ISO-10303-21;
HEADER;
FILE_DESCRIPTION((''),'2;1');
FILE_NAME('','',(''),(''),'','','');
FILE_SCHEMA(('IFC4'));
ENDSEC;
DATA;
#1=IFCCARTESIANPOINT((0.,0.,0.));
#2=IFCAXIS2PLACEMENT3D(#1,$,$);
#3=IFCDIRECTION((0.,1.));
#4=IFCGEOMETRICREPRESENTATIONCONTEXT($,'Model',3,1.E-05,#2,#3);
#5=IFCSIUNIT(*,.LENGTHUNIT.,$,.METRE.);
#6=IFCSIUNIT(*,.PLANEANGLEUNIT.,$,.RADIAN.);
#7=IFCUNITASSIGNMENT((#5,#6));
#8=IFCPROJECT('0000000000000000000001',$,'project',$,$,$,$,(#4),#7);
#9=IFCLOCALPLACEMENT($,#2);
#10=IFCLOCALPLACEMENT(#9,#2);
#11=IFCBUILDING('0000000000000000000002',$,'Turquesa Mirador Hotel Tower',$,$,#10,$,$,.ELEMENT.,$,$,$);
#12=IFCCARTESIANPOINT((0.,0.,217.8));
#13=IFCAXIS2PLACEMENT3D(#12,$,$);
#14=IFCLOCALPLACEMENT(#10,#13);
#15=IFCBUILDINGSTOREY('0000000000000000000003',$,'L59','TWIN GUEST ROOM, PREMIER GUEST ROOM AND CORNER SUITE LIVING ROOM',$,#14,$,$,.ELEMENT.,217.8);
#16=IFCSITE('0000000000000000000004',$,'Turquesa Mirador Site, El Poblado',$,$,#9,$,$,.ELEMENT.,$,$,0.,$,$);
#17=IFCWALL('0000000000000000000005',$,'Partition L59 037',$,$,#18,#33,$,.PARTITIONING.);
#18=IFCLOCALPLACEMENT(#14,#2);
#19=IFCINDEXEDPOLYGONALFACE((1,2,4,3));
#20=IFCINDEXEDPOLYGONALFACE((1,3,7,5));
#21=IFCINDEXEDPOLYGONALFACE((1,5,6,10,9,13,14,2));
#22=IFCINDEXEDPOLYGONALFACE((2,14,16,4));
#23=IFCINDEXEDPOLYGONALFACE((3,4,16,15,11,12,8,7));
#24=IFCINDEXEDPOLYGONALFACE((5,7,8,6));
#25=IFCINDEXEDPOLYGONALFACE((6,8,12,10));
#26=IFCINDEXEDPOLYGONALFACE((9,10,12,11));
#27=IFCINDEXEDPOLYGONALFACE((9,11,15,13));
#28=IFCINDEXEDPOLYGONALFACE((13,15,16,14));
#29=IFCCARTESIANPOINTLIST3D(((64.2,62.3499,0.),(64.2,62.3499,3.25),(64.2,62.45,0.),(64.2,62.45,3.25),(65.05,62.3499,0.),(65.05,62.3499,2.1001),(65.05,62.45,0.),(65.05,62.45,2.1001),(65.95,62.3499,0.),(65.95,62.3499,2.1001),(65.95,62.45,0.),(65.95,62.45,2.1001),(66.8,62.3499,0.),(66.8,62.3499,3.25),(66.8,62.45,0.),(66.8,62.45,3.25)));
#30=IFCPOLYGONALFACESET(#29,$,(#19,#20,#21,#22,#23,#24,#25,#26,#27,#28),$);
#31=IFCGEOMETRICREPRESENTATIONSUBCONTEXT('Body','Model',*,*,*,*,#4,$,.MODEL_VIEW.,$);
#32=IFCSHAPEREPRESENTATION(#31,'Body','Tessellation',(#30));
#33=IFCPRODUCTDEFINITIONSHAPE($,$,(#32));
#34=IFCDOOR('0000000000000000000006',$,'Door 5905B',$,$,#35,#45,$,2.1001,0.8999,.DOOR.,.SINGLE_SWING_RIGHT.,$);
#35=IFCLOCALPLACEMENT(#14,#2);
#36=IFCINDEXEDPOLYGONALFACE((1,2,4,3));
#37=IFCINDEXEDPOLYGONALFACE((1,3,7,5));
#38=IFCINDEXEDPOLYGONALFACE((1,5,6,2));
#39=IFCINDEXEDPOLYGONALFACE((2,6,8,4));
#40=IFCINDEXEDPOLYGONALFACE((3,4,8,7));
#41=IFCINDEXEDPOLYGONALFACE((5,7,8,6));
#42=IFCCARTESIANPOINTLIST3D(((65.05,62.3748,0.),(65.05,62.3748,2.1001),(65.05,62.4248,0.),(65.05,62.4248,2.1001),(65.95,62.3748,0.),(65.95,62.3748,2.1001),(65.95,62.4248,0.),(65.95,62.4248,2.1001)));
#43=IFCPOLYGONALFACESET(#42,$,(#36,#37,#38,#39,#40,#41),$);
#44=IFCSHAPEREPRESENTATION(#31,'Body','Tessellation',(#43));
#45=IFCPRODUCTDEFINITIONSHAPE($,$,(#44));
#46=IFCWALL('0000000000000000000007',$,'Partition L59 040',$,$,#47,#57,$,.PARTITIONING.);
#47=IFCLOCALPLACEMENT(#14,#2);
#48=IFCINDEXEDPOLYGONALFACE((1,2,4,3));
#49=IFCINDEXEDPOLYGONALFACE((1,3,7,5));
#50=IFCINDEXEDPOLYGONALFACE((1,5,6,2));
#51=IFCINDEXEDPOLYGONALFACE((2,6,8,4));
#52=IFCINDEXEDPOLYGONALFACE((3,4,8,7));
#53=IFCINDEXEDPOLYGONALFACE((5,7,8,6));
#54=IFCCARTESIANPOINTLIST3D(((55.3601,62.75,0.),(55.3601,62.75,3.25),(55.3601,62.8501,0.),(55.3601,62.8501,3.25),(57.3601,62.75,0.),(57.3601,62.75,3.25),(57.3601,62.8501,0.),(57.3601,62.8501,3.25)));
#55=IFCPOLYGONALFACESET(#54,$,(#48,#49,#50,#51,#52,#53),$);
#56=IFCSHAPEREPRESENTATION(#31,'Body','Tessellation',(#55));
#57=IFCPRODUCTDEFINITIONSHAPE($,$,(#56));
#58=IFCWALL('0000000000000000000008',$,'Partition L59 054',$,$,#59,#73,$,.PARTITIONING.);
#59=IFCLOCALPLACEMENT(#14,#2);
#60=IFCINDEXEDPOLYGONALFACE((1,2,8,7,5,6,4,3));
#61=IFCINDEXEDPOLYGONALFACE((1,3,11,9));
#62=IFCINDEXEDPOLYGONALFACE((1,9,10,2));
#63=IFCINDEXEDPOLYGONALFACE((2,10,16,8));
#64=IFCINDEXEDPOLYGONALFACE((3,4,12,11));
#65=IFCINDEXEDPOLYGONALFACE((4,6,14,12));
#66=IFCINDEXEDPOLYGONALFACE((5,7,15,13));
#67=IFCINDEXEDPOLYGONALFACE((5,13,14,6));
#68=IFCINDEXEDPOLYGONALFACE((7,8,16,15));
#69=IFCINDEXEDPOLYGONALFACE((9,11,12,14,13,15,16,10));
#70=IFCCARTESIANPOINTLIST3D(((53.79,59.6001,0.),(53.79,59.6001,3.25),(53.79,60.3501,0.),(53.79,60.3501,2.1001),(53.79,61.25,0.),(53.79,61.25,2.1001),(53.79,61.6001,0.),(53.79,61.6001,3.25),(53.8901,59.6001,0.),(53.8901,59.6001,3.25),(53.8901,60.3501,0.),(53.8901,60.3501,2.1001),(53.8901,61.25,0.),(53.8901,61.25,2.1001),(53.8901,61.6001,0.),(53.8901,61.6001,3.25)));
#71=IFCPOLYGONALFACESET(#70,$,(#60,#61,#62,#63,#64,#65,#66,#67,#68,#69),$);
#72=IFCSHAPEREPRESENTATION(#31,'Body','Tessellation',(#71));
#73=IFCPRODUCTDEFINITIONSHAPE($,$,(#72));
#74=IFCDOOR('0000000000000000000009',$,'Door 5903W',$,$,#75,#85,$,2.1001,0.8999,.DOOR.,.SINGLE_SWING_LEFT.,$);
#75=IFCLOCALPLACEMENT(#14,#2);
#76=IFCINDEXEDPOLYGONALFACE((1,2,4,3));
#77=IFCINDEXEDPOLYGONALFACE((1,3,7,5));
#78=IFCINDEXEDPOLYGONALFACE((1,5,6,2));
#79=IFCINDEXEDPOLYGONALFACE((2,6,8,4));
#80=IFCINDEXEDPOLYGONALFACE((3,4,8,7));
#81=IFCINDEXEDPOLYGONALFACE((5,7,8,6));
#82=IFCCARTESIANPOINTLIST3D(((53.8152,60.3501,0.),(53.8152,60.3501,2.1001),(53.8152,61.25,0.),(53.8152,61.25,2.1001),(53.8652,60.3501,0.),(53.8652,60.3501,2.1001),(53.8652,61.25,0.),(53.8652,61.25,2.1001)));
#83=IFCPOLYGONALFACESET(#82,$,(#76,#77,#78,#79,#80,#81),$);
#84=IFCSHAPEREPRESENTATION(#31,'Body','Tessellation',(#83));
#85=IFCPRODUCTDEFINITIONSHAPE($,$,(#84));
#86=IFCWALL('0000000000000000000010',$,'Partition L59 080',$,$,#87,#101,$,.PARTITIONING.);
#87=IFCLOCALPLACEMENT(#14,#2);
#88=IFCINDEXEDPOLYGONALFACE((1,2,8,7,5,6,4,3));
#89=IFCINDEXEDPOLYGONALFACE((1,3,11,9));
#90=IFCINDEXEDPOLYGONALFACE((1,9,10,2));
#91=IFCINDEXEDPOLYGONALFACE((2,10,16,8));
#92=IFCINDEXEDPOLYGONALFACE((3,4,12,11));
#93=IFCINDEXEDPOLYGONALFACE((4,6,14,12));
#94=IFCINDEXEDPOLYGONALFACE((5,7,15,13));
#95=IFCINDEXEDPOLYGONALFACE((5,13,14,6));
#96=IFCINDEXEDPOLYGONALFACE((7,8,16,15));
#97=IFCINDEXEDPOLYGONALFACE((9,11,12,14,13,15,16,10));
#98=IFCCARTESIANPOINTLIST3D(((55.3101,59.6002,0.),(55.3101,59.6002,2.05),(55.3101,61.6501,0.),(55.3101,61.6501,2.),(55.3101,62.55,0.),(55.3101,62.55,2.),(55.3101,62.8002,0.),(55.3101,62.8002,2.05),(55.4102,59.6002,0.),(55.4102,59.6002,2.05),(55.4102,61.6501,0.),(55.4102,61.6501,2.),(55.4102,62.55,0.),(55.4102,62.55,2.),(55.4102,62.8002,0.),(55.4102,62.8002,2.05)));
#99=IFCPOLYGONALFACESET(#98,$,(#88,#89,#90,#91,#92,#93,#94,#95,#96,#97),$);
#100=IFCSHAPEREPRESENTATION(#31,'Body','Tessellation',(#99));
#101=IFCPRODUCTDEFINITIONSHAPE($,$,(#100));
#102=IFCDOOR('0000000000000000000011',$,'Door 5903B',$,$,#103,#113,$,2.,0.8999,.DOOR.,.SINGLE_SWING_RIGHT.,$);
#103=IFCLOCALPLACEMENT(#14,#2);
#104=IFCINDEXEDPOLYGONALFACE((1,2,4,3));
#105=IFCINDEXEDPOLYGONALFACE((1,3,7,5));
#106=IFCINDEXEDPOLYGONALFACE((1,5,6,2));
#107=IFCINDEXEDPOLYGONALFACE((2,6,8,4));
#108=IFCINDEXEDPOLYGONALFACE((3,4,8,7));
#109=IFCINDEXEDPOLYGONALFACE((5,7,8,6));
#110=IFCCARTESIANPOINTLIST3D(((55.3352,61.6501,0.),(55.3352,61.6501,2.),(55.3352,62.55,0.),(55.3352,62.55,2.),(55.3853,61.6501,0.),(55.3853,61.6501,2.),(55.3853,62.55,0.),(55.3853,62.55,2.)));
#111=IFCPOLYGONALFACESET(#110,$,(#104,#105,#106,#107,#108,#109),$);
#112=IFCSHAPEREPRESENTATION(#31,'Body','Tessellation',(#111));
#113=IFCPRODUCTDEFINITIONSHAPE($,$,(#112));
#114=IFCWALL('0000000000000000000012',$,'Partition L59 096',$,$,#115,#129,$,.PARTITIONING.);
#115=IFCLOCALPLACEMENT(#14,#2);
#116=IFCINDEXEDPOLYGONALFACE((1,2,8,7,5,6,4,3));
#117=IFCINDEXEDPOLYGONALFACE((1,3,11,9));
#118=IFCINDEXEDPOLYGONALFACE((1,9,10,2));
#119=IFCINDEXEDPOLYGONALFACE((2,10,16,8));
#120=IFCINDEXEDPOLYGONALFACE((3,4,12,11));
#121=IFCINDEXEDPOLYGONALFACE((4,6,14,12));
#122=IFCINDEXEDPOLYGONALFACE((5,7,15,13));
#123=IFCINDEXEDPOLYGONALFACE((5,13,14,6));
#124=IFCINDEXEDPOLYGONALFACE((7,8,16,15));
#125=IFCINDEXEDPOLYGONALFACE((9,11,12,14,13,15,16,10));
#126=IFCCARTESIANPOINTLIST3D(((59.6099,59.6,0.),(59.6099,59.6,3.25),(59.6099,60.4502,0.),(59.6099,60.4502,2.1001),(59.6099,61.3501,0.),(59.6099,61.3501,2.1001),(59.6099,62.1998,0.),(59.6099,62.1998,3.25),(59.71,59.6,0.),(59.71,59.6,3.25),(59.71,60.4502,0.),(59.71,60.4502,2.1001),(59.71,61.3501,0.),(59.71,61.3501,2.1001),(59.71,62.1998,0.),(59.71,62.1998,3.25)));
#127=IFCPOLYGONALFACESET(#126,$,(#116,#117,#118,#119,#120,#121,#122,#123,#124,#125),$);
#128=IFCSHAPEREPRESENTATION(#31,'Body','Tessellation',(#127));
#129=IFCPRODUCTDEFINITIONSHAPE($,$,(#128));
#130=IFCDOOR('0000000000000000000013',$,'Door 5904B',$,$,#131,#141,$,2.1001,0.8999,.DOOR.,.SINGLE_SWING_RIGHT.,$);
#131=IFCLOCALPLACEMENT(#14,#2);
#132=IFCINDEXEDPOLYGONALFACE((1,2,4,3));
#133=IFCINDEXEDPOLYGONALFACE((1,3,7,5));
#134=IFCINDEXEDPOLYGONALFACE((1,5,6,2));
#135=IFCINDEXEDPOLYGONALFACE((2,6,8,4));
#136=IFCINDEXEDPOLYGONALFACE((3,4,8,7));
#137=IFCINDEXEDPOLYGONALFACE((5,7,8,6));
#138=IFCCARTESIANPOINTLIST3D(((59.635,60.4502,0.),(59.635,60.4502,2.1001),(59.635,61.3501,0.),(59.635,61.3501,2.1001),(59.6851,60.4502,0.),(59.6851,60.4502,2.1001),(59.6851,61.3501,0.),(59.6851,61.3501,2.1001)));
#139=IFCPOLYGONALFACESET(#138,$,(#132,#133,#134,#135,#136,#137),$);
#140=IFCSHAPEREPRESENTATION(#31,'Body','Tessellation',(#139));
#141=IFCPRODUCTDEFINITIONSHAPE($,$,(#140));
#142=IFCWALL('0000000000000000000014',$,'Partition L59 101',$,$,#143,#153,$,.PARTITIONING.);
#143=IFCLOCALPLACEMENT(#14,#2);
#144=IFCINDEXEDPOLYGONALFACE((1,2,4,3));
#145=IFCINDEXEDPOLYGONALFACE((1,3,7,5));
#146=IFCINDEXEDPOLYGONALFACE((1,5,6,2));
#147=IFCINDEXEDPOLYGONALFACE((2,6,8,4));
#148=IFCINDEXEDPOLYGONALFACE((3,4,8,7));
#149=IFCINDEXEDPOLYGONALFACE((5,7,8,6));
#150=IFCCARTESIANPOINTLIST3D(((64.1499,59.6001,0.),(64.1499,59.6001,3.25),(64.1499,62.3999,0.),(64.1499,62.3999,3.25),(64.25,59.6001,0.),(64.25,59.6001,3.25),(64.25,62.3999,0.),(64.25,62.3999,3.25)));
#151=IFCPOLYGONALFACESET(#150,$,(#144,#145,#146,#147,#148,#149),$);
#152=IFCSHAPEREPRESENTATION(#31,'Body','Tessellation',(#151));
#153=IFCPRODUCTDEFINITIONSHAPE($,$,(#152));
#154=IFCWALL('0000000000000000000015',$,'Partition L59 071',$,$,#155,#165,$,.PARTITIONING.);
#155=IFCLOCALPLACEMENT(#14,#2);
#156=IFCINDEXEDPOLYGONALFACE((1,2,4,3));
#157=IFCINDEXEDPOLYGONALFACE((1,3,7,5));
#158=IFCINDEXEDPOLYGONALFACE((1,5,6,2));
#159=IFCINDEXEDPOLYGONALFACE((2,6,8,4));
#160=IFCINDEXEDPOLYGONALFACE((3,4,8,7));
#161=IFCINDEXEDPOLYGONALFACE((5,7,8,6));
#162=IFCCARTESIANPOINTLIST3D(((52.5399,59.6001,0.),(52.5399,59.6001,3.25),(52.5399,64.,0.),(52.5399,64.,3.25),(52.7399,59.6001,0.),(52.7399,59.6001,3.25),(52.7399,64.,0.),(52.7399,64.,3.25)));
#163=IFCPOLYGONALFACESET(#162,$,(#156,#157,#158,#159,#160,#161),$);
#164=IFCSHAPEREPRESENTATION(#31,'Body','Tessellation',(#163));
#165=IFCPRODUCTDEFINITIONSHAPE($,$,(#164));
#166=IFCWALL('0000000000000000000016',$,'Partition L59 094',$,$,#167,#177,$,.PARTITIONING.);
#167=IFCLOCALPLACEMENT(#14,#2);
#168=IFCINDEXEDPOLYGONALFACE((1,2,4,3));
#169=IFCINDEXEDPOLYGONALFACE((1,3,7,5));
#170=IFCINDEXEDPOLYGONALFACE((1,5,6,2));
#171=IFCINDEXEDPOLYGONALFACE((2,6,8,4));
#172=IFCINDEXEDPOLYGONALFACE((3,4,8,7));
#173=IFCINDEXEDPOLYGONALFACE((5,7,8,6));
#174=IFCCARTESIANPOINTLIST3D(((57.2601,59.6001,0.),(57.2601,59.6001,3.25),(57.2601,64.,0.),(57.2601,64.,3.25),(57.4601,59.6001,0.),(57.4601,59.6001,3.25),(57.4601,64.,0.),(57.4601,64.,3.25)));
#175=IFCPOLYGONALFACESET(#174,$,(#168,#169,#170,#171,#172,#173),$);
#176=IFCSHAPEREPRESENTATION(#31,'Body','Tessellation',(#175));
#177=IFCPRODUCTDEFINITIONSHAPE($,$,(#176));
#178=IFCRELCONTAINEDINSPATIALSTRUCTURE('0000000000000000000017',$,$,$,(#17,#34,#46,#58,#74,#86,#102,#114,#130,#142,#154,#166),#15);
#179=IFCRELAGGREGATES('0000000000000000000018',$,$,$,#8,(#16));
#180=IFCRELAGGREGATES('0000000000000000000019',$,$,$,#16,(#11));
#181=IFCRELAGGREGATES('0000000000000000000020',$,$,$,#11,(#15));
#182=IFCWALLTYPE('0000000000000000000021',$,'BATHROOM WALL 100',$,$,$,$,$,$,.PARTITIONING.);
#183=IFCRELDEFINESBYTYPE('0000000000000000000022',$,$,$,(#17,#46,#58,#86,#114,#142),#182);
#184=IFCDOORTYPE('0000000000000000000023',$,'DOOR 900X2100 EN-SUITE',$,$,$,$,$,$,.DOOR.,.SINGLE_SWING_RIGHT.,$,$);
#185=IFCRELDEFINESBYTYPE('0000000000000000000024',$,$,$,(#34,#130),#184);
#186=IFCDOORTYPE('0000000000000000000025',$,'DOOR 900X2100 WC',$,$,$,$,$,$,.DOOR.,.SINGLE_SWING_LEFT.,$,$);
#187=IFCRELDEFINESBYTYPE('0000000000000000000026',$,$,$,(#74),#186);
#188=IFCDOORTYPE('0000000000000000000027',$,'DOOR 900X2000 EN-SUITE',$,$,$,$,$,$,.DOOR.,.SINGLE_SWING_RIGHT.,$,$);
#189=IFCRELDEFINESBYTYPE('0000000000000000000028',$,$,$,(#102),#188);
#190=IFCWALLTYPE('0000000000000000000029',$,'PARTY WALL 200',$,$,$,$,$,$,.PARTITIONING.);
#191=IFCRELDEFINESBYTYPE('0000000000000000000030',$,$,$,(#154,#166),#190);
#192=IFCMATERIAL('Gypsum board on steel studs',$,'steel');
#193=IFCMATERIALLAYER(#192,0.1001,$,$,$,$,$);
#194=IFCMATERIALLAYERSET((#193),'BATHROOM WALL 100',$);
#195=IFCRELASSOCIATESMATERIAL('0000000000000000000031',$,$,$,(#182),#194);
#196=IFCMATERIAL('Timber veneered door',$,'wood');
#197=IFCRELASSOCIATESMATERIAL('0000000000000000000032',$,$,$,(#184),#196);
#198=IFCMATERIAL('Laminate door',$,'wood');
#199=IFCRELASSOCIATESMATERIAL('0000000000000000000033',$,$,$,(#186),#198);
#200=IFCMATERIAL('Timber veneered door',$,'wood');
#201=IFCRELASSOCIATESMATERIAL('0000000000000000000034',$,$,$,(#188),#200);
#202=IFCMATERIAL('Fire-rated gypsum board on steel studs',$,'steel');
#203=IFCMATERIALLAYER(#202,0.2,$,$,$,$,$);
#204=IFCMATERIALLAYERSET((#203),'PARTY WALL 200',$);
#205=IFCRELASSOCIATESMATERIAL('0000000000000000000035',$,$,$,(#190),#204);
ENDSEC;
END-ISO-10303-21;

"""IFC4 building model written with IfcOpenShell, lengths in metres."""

from ifc_helpers import new_model, si_unit, direction, frame, frame_2d, origin, place, context, subcontext, project, spatial, rectangle, extrude, material, layer, layer_set, type_object, element, fill, save


model = new_model("IFC4")

# Units and contexts
model_context = context("Model", 3, precision=1e-05, world=origin(), true_north=direction((0.0, 1.0)))
body_context = subcontext(model_context, "Body", "Model", "MODEL_VIEW")
ifc_project = project(units=[si_unit("LENGTHUNIT", "METRE"), si_unit("PLANEANGLEUNIT", "RADIAN")], contexts=[model_context])

# Site, building, storey
site_placement = place(None, origin())
site = spatial("IfcSite", under=ifc_project, at=site_placement, Name="Turquesa Mirador Site, El Poblado", CompositionType="ELEMENT", RefElevation=0.0)
building_placement = place(site_placement, origin())
building = spatial("IfcBuilding", under=site, at=building_placement, Name="Turquesa Mirador Hotel Tower", CompositionType="ELEMENT")
storey_placement = place(building_placement, frame((0.0, 0.0, 217.8)))
storey = spatial("IfcBuildingStorey", under=building, at=storey_placement, Name="L59", Description="TWIN GUEST ROOM, PREMIER GUEST ROOM AND CORNER SUITE LIVING ROOM", CompositionType="ELEMENT", Elevation=217.8)

# Shared definitions
ifc_material_1 = material(Name="Gypsum board on steel studs", Category="steel")
ifc_layer_1 = layer(ifc_material_1, 0.1001)
ifc_layer_set_1 = layer_set([ifc_layer_1], Name="BATHROOM WALL 100")
wall_type_1 = type_object("IfcWallType", Name="BATHROOM WALL 100", PredefinedType="PARTITIONING", material=ifc_layer_set_1)

# Wall, opening, door
wall_1_placement = place(storey_placement, frame((64.2, 62.3999, 0.0), z_axis=(0.0, 0.0, 1.0), x_axis=(1.0, 0.0, 0.0)))
wall_1 = element("IfcWall", 1, at=wall_1_placement, inside=storey, type_object=wall_type_1, Name="Partition L59 037", PredefinedType="PARTITIONING", context=body_context, shape_type="SweptSolid", body=[
    extrude(rectangle(XDim=2.6001, YDim=0.1001, at=frame_2d((1.3, 0.0))), origin(), (0.0, 0.0, 1.0), 3.25),
])
opening_1_placement = place(wall_1_placement, frame((0.8501, 0.0, 0.0)))
opening_1 = element("IfcOpeningElement", 2, at=opening_1_placement, cuts=wall_1, PredefinedType="OPENING", context=body_context, shape_type="SweptSolid", body=[
    extrude(rectangle(XDim=0.8999, YDim=2.1001, at=frame_2d((0.45, 1.05))), frame((0.0, 0.0601, 0.0), z_axis=(0.0, -1.0, 0.0), x_axis=(1.0, 0.0, 0.0)), (0.0, 0.0, 1.0), 0.1201),
])
ifc_material_2 = material(Name="Timber veneered door", Category="wood")
door_type_1 = type_object("IfcDoorType", Name="DOOR 900X2100 EN-SUITE", OperationType="SINGLE_SWING_RIGHT", PredefinedType="DOOR", material=ifc_material_2)
door_1_placement = place(opening_1_placement, origin())
door_1 = element("IfcDoor", 3, at=door_1_placement, inside=storey, type_object=door_type_1, Name="Door 5905B", OperationType="SINGLE_SWING_RIGHT", OverallHeight=2.1001, OverallWidth=0.8999, PredefinedType="DOOR", context=body_context, shape_type="SweptSolid", body=[
    extrude(rectangle(XDim=0.8999, YDim=2.1001, at=frame_2d((0.45, 1.05))), frame((0.0, 0.0249, 0.0), z_axis=(0.0, -1.0, 0.0), x_axis=(1.0, 0.0, 0.0)), (0.0, 0.0, 1.0), 0.05),
])
fill(opening_1, door_1)

# Wall
wall_2_placement = place(storey_placement, frame((55.3601, 62.8, 0.0), z_axis=(0.0, 0.0, 1.0), x_axis=(1.0, 0.0, 0.0)))
element("IfcWall", 4, at=wall_2_placement, inside=storey, type_object=wall_type_1, Name="Partition L59 040", PredefinedType="PARTITIONING", context=body_context, shape_type="SweptSolid", body=[
    extrude(rectangle(XDim=2.0, YDim=0.1001, at=frame_2d((1.0, 0.0))), origin(), (0.0, 0.0, 1.0), 3.25),
])

# Walls, openings, doors
wall_3_placement = place(storey_placement, frame((53.8401, 59.6001, 0.0), z_axis=(0.0, 0.0, 1.0), x_axis=(0.0, 1.0, 0.0)))
wall_3 = element("IfcWall", 5, at=wall_3_placement, inside=storey, type_object=wall_type_1, Name="Partition L59 054", PredefinedType="PARTITIONING", context=body_context, shape_type="SweptSolid", body=[
    extrude(rectangle(XDim=2.0, YDim=0.1001, at=frame_2d((1.0, 0.0))), origin(), (0.0, 0.0, 1.0), 3.25),
])
opening_2_placement = place(wall_3_placement, frame((0.75, 0.0, 0.0)))
opening_2 = element("IfcOpeningElement", 6, at=opening_2_placement, cuts=wall_3, PredefinedType="OPENING", context=body_context, shape_type="SweptSolid", body=[
    extrude(rectangle(XDim=0.8999, YDim=2.1001, at=frame_2d((0.45, 1.05))), frame((0.0, 0.0601, 0.0), z_axis=(0.0, -1.0, 0.0), x_axis=(1.0, 0.0, 0.0)), (0.0, 0.0, 1.0), 0.1201),
])
ifc_material_3 = material(Name="Laminate door", Category="wood")
door_type_2 = type_object("IfcDoorType", Name="DOOR 900X2100 WC", OperationType="SINGLE_SWING_LEFT", PredefinedType="DOOR", material=ifc_material_3)
door_2_placement = place(opening_2_placement, origin())
door_2 = element("IfcDoor", 7, at=door_2_placement, inside=storey, type_object=door_type_2, Name="Door 5903W", OperationType="SINGLE_SWING_LEFT", OverallHeight=2.1001, OverallWidth=0.8999, PredefinedType="DOOR", context=body_context, shape_type="SweptSolid", body=[
    extrude(rectangle(XDim=0.8999, YDim=2.1001, at=frame_2d((0.45, 1.05))), frame((0.0, 0.0249, 0.0), z_axis=(0.0, -1.0, 0.0), x_axis=(1.0, 0.0, 0.0)), (0.0, 0.0, 1.0), 0.05),
])
fill(opening_2, door_2)
wall_4_placement = place(storey_placement, frame((55.3601, 59.6001, 0.0), z_axis=(0.0, 0.0, 1.0), x_axis=(0.0, 1.0, 0.0)))
wall_4 = element("IfcWall", 8, at=wall_4_placement, inside=storey, type_object=wall_type_1, Name="Partition L59 080", PredefinedType="PARTITIONING", context=body_context, shape_type="SweptSolid", body=[
    extrude(rectangle(XDim=3.2, YDim=0.1001, at=frame_2d((1.6001, 0.0))), origin(), (0.0, 0.0, 1.0), 2.05),
])
opening_3_placement = place(wall_4_placement, frame((2.05, 0.0, 0.0)))
opening_3 = element("IfcOpeningElement", 9, at=opening_3_placement, cuts=wall_4, PredefinedType="OPENING", context=body_context, shape_type="SweptSolid", body=[
    extrude(rectangle(XDim=0.8999, YDim=2.0, at=frame_2d((0.45, 1.0))), frame((0.0, 0.0601, 0.0), z_axis=(0.0, -1.0, 0.0), x_axis=(1.0, 0.0, 0.0)), (0.0, 0.0, 1.0), 0.1201),
])
ifc_material_4 = material(Name="Timber veneered door", Category="wood")
door_type_3 = type_object("IfcDoorType", Name="DOOR 900X2000 EN-SUITE", OperationType="SINGLE_SWING_RIGHT", PredefinedType="DOOR", material=ifc_material_4)
door_3_placement = place(opening_3_placement, origin())
door_3 = element("IfcDoor", 10, at=door_3_placement, inside=storey, type_object=door_type_3, Name="Door 5903B", OperationType="SINGLE_SWING_RIGHT", OverallHeight=2.0, OverallWidth=0.8999, PredefinedType="DOOR", context=body_context, shape_type="SweptSolid", body=[
    extrude(rectangle(XDim=0.8999, YDim=2.0, at=frame_2d((0.45, 1.0))), frame((0.0, 0.0249, 0.0), z_axis=(0.0, -1.0, 0.0), x_axis=(1.0, 0.0, 0.0)), (0.0, 0.0, 1.0), 0.05),
])
fill(opening_3, door_3)
wall_5_placement = place(storey_placement, frame((59.6599, 59.6001, 0.0), z_axis=(0.0, 0.0, 1.0), x_axis=(0.0, 1.0, 0.0)))
wall_5 = element("IfcWall", 11, at=wall_5_placement, inside=storey, type_object=wall_type_1, Name="Partition L59 096", PredefinedType="PARTITIONING", context=body_context, shape_type="SweptSolid", body=[
    extrude(rectangle(XDim=2.5999, YDim=0.1001, at=frame_2d((1.2998, 0.0))), origin(), (0.0, 0.0, 1.0), 3.25),
])
opening_4_placement = place(wall_5_placement, frame((0.8501, 0.0, 0.0)))
opening_4 = element("IfcOpeningElement", 12, at=opening_4_placement, cuts=wall_5, PredefinedType="OPENING", context=body_context, shape_type="SweptSolid", body=[
    extrude(rectangle(XDim=0.8999, YDim=2.1001, at=frame_2d((0.45, 1.05))), frame((0.0, 0.0601, 0.0), z_axis=(0.0, -1.0, 0.0), x_axis=(1.0, 0.0, 0.0)), (0.0, 0.0, 1.0), 0.1201),
])
door_4_placement = place(opening_4_placement, origin())
door_4 = element("IfcDoor", 13, at=door_4_placement, inside=storey, type_object=door_type_1, Name="Door 5904B", OperationType="SINGLE_SWING_RIGHT", OverallHeight=2.1001, OverallWidth=0.8999, PredefinedType="DOOR", context=body_context, shape_type="SweptSolid", body=[
    extrude(rectangle(XDim=0.8999, YDim=2.1001, at=frame_2d((0.45, 1.05))), frame((0.0, 0.0249, 0.0), z_axis=(0.0, -1.0, 0.0), x_axis=(1.0, 0.0, 0.0)), (0.0, 0.0, 1.0), 0.05),
])
fill(opening_4, door_4)

# Walls
wall_6_placement = place(storey_placement, frame((64.2, 59.6001, 0.0), z_axis=(0.0, 0.0, 1.0), x_axis=(0.0, 1.0, 0.0)))
element("IfcWall", 14, at=wall_6_placement, inside=storey, type_object=wall_type_1, Name="Partition L59 101", PredefinedType="PARTITIONING", context=body_context, shape_type="SweptSolid", body=[
    extrude(rectangle(XDim=2.7998, YDim=0.1001, at=frame_2d((1.3999, 0.0))), origin(), (0.0, 0.0, 1.0), 3.25),
])
ifc_material_5 = material(Name="Fire-rated gypsum board on steel studs", Category="steel")
ifc_layer_2 = layer(ifc_material_5, 0.2)
ifc_layer_set_2 = layer_set([ifc_layer_2], Name="PARTY WALL 200")
wall_type_2 = type_object("IfcWallType", Name="PARTY WALL 200", PredefinedType="PARTITIONING", material=ifc_layer_set_2)
for number, where, z_axis, x_axis, name in (
    (15, (52.6399, 59.6001, 0.0), (0.0, 0.0, 1.0), (0.0, 1.0, 0.0), "Partition L59 071"),
    (16, (57.3601, 59.6001, 0.0), (0.0, 0.0, 1.0), (0.0, 1.0, 0.0), "Partition L59 094"),
):
    element("IfcWall", number, at=place(storey_placement, frame(where, z_axis=z_axis, x_axis=x_axis)), inside=storey, type_object=wall_type_2, Name=name, PredefinedType="PARTITIONING", context=body_context, shape_type="SweptSolid", body=[
        extrude(rectangle(XDim=4.3999, YDim=0.2, at=frame_2d((2.2, 0.0))), origin(), (0.0, 0.0, 1.0), 3.25),
    ])

save(model, "model.ifc")
